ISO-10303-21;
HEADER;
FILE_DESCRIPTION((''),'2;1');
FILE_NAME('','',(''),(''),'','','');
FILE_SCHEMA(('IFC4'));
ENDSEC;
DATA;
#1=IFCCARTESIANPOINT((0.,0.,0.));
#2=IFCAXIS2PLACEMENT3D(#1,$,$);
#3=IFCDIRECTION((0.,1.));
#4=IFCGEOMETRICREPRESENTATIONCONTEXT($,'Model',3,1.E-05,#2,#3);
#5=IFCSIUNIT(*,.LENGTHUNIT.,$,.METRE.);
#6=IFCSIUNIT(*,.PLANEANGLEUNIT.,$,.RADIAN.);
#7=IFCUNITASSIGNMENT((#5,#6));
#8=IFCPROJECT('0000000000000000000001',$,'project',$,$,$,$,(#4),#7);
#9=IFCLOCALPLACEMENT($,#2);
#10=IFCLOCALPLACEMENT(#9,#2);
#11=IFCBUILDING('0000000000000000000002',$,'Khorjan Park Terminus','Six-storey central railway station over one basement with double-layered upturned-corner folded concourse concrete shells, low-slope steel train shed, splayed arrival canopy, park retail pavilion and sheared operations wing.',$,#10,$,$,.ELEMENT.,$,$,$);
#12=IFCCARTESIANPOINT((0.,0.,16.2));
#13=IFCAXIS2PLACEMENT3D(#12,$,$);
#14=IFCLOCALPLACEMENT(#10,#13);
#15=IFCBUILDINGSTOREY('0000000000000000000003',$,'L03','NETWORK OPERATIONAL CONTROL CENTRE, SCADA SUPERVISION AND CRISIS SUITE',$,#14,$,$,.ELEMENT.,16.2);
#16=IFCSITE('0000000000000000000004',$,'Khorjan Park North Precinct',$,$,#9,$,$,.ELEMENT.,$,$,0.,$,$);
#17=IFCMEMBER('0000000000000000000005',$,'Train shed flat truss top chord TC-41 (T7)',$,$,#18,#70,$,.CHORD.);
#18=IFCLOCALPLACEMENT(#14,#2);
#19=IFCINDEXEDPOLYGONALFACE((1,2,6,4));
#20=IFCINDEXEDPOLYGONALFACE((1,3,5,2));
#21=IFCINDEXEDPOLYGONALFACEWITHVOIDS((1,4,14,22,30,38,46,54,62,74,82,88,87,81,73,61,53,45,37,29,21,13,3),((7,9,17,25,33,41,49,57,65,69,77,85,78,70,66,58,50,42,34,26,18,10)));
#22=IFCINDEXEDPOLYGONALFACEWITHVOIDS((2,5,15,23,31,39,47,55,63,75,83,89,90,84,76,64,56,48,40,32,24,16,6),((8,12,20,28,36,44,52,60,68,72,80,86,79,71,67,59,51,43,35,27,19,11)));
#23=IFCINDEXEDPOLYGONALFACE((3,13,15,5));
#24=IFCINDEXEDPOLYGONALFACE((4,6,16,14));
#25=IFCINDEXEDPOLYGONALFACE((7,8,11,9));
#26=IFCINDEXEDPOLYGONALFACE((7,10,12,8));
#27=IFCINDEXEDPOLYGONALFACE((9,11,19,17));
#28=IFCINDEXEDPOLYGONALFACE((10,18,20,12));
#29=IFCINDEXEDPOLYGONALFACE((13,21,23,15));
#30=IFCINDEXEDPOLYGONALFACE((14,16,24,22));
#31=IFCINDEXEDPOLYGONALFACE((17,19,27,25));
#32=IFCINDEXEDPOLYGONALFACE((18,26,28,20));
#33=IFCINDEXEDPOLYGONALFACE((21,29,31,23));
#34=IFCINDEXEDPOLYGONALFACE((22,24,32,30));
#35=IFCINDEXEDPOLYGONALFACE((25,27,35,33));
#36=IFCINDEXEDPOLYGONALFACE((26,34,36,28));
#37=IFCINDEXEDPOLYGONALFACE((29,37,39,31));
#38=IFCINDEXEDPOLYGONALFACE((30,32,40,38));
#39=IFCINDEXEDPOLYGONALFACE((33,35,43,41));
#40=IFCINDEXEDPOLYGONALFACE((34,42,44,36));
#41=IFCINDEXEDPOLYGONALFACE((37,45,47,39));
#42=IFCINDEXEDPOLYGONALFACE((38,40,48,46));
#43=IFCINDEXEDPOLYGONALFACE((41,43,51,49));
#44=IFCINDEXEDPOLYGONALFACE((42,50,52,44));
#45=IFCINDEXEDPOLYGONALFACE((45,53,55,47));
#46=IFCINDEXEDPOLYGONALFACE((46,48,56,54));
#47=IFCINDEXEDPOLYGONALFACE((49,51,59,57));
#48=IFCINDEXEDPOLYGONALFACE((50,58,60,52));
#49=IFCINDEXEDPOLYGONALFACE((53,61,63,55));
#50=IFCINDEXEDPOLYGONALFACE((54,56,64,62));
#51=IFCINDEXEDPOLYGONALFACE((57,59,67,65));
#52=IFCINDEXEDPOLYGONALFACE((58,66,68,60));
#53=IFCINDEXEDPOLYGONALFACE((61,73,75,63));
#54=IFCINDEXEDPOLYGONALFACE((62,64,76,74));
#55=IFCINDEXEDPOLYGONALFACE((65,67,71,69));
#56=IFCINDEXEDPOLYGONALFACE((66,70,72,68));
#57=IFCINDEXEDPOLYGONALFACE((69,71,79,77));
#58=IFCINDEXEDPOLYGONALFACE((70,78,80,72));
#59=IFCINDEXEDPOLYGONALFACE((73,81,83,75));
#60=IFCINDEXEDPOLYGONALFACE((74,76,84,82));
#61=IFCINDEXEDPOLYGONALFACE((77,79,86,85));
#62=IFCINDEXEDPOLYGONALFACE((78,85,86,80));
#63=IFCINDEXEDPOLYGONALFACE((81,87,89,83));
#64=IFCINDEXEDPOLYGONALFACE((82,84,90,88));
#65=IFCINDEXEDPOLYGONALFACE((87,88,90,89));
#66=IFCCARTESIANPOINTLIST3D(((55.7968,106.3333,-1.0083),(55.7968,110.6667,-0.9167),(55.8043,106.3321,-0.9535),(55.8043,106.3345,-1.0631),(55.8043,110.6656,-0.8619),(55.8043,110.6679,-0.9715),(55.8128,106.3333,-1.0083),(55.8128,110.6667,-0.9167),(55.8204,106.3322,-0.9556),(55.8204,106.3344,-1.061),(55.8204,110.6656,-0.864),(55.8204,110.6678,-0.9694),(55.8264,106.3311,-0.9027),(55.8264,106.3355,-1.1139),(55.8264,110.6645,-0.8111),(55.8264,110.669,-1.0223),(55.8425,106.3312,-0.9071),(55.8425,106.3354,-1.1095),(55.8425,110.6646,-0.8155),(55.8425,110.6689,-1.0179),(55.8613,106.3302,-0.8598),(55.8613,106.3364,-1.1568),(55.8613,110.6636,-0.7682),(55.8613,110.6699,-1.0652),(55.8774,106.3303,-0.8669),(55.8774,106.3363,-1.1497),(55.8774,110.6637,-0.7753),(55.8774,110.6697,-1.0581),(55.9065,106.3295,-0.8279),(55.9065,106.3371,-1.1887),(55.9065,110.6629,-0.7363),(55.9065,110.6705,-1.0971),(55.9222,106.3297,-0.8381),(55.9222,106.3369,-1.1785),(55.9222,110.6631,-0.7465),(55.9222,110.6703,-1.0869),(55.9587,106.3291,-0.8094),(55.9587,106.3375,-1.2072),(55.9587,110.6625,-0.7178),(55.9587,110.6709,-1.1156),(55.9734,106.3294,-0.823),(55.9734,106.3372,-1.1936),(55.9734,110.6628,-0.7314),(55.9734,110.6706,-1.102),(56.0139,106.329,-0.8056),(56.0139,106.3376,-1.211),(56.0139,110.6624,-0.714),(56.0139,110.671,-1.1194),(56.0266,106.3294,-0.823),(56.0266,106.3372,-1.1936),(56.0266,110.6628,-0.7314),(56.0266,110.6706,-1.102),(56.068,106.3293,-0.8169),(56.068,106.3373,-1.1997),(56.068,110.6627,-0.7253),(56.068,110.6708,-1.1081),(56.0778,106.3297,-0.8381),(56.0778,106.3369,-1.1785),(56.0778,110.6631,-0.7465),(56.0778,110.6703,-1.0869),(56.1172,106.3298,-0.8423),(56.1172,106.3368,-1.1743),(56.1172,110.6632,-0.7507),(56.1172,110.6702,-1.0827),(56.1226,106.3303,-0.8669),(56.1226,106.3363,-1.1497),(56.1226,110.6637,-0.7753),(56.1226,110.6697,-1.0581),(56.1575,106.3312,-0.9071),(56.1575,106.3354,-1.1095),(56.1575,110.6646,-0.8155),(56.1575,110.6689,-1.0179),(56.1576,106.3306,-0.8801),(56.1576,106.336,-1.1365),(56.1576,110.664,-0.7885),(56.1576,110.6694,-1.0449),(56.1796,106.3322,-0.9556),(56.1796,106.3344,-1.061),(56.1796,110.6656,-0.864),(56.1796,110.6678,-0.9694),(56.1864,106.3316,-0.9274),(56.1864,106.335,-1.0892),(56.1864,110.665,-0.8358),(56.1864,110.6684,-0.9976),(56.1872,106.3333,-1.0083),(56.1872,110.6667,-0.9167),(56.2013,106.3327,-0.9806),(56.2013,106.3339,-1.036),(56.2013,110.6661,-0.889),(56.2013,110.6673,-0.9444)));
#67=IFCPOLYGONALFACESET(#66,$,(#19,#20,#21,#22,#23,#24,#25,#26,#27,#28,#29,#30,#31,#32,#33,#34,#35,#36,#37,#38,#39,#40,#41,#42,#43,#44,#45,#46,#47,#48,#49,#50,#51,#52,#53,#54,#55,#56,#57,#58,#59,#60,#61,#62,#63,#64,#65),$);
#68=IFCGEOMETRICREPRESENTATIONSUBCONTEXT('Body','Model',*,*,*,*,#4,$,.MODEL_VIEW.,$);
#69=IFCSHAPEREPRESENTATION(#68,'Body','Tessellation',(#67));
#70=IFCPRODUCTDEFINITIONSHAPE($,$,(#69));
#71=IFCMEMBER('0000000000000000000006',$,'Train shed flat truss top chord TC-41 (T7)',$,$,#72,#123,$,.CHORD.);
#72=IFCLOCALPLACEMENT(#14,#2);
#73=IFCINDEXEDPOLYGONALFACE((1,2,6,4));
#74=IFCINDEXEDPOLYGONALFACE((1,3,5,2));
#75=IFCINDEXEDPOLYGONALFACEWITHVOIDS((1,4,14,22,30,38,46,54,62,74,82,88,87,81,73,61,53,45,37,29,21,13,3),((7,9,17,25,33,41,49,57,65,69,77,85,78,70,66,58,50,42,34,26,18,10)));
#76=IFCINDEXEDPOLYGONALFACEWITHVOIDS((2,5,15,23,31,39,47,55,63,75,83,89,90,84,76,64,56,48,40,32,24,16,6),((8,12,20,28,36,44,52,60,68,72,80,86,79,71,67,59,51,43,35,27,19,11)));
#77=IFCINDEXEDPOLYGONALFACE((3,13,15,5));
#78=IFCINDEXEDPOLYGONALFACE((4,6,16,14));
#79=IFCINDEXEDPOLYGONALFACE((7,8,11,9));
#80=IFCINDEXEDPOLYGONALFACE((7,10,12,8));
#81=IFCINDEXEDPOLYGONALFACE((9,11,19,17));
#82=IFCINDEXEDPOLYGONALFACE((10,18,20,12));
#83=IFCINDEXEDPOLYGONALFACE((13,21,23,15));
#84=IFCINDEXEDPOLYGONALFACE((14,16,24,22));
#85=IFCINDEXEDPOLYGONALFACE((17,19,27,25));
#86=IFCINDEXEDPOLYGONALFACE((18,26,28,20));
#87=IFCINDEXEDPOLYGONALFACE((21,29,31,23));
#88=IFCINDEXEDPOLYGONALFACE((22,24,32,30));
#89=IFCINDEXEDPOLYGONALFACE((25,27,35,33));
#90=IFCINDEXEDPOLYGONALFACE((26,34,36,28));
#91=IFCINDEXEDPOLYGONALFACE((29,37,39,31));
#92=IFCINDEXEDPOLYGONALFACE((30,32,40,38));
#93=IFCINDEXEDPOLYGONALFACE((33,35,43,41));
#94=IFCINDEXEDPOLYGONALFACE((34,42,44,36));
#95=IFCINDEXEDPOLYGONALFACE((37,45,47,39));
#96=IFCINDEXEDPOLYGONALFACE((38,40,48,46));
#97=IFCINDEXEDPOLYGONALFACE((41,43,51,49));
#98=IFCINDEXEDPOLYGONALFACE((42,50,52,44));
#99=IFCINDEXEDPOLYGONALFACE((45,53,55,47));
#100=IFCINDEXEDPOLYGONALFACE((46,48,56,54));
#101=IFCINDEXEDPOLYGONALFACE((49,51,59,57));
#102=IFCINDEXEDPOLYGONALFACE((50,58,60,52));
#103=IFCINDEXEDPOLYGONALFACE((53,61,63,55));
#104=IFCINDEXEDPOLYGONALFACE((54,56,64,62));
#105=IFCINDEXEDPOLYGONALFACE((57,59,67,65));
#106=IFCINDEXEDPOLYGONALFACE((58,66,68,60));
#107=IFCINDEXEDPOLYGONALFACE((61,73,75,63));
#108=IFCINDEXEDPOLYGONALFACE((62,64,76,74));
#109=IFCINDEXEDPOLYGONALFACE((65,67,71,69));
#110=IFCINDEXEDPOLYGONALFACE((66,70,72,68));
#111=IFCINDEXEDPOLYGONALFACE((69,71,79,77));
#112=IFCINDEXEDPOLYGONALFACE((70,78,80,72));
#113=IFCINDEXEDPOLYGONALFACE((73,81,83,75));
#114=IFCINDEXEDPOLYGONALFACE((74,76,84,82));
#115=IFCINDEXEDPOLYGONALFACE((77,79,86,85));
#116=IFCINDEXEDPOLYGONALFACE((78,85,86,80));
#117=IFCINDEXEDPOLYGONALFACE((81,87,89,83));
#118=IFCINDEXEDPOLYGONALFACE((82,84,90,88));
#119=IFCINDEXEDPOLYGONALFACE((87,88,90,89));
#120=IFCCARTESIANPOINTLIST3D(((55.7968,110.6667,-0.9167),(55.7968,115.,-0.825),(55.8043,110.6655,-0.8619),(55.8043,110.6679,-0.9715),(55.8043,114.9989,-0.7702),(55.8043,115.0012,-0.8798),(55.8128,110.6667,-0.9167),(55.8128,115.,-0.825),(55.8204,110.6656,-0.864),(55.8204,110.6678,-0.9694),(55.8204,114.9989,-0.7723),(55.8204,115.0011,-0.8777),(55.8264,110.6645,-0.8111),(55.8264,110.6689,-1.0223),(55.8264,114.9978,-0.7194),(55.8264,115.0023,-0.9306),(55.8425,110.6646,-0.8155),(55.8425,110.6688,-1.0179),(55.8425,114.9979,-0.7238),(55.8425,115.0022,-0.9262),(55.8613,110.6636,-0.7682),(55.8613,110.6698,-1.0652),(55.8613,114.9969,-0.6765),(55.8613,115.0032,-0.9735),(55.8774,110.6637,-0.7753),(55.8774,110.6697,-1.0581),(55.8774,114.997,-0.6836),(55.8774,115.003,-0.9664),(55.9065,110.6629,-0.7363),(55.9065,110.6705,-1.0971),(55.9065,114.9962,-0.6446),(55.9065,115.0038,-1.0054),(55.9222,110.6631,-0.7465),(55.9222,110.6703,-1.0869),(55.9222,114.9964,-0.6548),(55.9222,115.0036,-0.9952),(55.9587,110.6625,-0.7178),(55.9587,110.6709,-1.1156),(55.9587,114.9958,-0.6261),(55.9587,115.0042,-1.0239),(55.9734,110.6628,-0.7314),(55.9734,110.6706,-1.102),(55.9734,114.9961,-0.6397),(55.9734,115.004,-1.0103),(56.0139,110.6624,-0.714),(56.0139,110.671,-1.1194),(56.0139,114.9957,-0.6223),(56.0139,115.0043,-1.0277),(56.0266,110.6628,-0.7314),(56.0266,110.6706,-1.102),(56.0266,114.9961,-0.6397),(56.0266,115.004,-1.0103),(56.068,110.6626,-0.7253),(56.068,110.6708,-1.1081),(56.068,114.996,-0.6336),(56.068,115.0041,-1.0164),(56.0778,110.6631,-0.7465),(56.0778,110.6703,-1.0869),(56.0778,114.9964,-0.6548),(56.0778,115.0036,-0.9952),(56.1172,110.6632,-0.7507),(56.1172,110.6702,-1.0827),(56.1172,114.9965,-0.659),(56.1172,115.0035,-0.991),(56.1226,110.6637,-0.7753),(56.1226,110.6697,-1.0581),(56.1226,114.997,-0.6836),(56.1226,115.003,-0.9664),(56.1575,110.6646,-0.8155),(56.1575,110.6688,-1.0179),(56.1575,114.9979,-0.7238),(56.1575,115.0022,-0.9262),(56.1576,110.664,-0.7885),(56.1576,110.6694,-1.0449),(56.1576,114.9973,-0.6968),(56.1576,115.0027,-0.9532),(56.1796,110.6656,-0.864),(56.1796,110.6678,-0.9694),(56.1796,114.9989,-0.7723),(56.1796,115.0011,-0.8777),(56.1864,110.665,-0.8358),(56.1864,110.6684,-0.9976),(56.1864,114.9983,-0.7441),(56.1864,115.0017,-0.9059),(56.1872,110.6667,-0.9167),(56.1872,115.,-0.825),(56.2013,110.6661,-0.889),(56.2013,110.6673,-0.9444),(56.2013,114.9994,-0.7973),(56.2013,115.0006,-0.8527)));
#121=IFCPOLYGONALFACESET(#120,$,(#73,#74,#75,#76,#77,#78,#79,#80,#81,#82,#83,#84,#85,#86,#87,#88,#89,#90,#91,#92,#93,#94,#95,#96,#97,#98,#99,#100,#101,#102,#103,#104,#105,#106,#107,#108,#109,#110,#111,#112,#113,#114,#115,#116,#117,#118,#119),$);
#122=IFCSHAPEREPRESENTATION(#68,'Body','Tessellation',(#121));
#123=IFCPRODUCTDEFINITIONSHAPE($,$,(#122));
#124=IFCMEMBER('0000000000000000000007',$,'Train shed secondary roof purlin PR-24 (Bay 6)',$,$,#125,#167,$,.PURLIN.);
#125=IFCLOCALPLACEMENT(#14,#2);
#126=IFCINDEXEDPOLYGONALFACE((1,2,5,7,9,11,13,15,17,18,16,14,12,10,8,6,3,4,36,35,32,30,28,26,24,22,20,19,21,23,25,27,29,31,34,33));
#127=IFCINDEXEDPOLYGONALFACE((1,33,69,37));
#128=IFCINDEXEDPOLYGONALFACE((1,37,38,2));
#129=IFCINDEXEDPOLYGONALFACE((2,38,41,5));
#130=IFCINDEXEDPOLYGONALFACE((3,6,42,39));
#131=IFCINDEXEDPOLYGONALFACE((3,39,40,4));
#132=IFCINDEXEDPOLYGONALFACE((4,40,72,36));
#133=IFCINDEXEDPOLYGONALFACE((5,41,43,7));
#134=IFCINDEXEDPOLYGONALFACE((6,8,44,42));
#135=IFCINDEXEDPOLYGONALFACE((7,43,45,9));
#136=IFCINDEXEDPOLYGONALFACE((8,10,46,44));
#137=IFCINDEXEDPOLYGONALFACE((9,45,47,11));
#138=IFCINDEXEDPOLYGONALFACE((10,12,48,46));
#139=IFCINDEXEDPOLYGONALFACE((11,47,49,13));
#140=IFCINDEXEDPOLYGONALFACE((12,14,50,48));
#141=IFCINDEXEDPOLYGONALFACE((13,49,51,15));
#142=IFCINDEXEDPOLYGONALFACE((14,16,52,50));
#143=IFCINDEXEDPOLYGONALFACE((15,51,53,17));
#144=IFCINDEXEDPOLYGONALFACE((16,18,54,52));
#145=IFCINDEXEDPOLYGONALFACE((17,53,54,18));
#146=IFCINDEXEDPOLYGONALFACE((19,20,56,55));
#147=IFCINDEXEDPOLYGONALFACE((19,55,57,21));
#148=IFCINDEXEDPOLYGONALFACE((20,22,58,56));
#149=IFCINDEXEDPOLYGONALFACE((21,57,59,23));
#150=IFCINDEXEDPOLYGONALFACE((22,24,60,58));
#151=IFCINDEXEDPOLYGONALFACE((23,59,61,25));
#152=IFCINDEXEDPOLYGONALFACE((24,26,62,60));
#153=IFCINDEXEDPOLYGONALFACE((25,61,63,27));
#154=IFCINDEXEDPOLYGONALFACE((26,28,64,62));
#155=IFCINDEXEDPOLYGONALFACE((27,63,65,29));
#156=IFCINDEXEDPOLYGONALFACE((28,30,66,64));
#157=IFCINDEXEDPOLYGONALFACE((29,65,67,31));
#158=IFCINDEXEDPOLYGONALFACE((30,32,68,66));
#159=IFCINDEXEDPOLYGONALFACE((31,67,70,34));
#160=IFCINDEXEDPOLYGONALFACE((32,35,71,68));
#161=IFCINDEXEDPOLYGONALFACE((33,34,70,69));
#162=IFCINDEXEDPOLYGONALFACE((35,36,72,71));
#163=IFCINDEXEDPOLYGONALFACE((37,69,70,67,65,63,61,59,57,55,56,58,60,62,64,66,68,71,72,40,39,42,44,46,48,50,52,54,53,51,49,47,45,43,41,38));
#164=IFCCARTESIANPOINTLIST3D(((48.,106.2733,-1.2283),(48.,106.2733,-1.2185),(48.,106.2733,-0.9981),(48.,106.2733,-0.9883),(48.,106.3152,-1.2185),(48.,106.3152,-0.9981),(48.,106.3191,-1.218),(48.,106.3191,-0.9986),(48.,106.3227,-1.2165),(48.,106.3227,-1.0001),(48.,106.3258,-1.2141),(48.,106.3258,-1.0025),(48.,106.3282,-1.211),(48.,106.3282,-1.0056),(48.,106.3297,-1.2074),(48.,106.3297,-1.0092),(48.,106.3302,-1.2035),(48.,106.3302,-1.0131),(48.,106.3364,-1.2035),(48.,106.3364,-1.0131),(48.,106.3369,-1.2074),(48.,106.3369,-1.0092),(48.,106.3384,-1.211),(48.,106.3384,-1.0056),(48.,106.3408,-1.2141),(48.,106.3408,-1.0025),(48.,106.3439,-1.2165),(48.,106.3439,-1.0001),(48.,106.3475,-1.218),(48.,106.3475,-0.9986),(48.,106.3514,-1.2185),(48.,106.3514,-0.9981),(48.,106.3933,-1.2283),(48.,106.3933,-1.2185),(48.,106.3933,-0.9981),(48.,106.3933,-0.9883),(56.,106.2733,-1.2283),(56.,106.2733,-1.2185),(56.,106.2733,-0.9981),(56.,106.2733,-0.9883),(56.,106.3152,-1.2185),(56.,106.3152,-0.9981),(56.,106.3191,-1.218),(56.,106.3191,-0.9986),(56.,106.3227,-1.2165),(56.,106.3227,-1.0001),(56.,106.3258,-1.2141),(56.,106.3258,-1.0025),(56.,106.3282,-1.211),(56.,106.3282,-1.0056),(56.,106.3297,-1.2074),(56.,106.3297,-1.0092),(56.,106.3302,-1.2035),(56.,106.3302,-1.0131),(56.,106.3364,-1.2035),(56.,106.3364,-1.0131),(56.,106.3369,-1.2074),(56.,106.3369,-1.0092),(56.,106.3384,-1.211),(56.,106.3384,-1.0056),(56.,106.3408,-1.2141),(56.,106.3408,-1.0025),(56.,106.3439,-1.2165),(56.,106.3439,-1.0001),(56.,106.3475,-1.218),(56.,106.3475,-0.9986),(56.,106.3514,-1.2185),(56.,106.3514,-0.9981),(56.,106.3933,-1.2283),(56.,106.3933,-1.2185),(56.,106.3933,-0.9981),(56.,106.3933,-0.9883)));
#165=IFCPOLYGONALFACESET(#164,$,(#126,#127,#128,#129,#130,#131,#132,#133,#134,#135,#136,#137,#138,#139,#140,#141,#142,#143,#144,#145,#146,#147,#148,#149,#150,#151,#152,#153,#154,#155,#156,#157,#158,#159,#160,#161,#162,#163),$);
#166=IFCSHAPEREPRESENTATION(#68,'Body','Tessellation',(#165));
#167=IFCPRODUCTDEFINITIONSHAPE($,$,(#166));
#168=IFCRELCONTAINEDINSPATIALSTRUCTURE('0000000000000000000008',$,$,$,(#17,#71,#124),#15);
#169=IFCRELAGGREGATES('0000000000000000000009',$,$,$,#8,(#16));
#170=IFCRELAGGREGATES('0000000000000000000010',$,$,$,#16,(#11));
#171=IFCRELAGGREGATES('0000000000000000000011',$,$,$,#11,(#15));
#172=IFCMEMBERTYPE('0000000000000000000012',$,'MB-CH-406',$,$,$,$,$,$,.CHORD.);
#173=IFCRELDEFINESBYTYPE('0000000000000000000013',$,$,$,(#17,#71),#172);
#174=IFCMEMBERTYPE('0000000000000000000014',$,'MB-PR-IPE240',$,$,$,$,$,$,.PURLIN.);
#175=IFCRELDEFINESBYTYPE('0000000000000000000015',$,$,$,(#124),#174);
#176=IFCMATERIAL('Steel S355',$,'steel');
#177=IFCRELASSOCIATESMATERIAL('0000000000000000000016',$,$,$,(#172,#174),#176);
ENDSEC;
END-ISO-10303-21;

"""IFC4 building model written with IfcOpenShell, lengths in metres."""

from ifc_helpers import new_model, si_unit, direction, frame, origin, origin_2d, place, context, subcontext, project, spatial, hollow_circle, i_section, extrude, material, material_profile, profile_set, type_object, element, save


model = new_model("IFC4")

# Units and contexts
model_context = context("Model", 3, precision=1e-05, world=origin(), true_north=direction((0.0, 1.0)))
body_context = subcontext(model_context, "Body", "Model", "MODEL_VIEW")
ifc_project = project(units=[si_unit("LENGTHUNIT", "METRE"), si_unit("PLANEANGLEUNIT", "RADIAN")], contexts=[model_context])

# Site, building, storey
site_placement = place(None, origin())
site = spatial("IfcSite", under=ifc_project, at=site_placement, Name="Khorjan Park North Precinct", CompositionType="ELEMENT", RefElevation=0.0)
building_placement = place(site_placement, origin())
building = spatial("IfcBuilding", under=site, at=building_placement, Name="Khorjan Park Terminus", Description="Six-storey central railway station over one basement with double-layered upturned-corner folded concourse concrete shells, low-slope steel train shed, splayed arrival canopy, park retail pavilion and sheared operations wing.", CompositionType="ELEMENT")
storey_placement = place(building_placement, frame((0.0, 0.0, 16.2)))
storey = spatial("IfcBuildingStorey", under=building, at=storey_placement, Name="L03", Description="NETWORK OPERATIONAL CONTROL CENTRE, SCADA SUPERVISION AND CRISIS SUITE", CompositionType="ELEMENT", Elevation=16.2)

# Members
ifc_material = material(Name="Steel S355", Category="steel")
ifc_material_profile_1 = material_profile(ifc_material, hollow_circle(Radius=0.2032, WallThickness=0.016, at=origin_2d()), Name="CHS 406.4x16")
ifc_profile_set_1 = profile_set([ifc_material_profile_1], Name="Steel S355")
member_type_1 = type_object("IfcMemberType", Name="MB-CH-406", PredefinedType="CHORD", material=ifc_profile_set_1)
member_1_placement = place(storey_placement, frame((56.0, 106.3333, -1.0083), z_axis=(0.0, 0.999777, 0.021133), x_axis=(-1.0, 0.0, 0.0)))
element("IfcMember", 1, at=member_1_placement, inside=storey, type_object=member_type_1, Name="Train shed flat truss top chord TC-41 (T7)", PredefinedType="CHORD", context=body_context, shape_type="SweptSolid", body=[
    extrude(hollow_circle(Radius=0.2032, WallThickness=0.016, at=origin_2d()), origin(), (0.0, 0.0, 1.0), 4.3344),
])
member_2_placement = place(storey_placement, frame((56.0, 110.6667, -0.9167), z_axis=(0.0, 0.999776, 0.021157), x_axis=(-1.0, 0.0, 0.0)))
element("IfcMember", 2, at=member_2_placement, inside=storey, type_object=member_type_1, Name="Train shed flat truss top chord TC-41 (T7)", PredefinedType="CHORD", context=body_context, shape_type="SweptSolid", body=[
    extrude(hollow_circle(Radius=0.2032, WallThickness=0.016, at=origin_2d()), origin(), (0.0, 0.0, 1.0), 4.3343),
])
ifc_material_profile_2 = material_profile(ifc_material, i_section(OverallWidth=0.12, OverallDepth=0.24, WebThickness=0.0062, FlangeThickness=0.0098, FilletRadius=0.015, at=origin_2d()), Name="IPE 240")
ifc_profile_set_2 = profile_set([ifc_material_profile_2], Name="Steel S355")
member_type_2 = type_object("IfcMemberType", Name="MB-PR-IPE240", PredefinedType="PURLIN", material=ifc_profile_set_2)
for number, where, z_axis, x_axis, name in (
    (3, (48.0, 106.3333, -1.1083), (1.0, 0.0, 0.0), (0.0, 1.0, 0.0), "Train shed secondary roof purlin PR-24 (Bay 6)"),
):
    element("IfcMember", number, at=place(storey_placement, frame(where, z_axis=z_axis, x_axis=x_axis)), inside=storey, type_object=member_type_2, Name=name, PredefinedType="PURLIN", context=body_context, shape_type="SweptSolid", body=[
        extrude(i_section(OverallWidth=0.12, OverallDepth=0.24, WebThickness=0.0062, FlangeThickness=0.0098, FilletRadius=0.015, at=origin_2d()), origin(), (0.0, 0.0, 1.0), 8.0),
    ])

save(model, "model.ifc")
